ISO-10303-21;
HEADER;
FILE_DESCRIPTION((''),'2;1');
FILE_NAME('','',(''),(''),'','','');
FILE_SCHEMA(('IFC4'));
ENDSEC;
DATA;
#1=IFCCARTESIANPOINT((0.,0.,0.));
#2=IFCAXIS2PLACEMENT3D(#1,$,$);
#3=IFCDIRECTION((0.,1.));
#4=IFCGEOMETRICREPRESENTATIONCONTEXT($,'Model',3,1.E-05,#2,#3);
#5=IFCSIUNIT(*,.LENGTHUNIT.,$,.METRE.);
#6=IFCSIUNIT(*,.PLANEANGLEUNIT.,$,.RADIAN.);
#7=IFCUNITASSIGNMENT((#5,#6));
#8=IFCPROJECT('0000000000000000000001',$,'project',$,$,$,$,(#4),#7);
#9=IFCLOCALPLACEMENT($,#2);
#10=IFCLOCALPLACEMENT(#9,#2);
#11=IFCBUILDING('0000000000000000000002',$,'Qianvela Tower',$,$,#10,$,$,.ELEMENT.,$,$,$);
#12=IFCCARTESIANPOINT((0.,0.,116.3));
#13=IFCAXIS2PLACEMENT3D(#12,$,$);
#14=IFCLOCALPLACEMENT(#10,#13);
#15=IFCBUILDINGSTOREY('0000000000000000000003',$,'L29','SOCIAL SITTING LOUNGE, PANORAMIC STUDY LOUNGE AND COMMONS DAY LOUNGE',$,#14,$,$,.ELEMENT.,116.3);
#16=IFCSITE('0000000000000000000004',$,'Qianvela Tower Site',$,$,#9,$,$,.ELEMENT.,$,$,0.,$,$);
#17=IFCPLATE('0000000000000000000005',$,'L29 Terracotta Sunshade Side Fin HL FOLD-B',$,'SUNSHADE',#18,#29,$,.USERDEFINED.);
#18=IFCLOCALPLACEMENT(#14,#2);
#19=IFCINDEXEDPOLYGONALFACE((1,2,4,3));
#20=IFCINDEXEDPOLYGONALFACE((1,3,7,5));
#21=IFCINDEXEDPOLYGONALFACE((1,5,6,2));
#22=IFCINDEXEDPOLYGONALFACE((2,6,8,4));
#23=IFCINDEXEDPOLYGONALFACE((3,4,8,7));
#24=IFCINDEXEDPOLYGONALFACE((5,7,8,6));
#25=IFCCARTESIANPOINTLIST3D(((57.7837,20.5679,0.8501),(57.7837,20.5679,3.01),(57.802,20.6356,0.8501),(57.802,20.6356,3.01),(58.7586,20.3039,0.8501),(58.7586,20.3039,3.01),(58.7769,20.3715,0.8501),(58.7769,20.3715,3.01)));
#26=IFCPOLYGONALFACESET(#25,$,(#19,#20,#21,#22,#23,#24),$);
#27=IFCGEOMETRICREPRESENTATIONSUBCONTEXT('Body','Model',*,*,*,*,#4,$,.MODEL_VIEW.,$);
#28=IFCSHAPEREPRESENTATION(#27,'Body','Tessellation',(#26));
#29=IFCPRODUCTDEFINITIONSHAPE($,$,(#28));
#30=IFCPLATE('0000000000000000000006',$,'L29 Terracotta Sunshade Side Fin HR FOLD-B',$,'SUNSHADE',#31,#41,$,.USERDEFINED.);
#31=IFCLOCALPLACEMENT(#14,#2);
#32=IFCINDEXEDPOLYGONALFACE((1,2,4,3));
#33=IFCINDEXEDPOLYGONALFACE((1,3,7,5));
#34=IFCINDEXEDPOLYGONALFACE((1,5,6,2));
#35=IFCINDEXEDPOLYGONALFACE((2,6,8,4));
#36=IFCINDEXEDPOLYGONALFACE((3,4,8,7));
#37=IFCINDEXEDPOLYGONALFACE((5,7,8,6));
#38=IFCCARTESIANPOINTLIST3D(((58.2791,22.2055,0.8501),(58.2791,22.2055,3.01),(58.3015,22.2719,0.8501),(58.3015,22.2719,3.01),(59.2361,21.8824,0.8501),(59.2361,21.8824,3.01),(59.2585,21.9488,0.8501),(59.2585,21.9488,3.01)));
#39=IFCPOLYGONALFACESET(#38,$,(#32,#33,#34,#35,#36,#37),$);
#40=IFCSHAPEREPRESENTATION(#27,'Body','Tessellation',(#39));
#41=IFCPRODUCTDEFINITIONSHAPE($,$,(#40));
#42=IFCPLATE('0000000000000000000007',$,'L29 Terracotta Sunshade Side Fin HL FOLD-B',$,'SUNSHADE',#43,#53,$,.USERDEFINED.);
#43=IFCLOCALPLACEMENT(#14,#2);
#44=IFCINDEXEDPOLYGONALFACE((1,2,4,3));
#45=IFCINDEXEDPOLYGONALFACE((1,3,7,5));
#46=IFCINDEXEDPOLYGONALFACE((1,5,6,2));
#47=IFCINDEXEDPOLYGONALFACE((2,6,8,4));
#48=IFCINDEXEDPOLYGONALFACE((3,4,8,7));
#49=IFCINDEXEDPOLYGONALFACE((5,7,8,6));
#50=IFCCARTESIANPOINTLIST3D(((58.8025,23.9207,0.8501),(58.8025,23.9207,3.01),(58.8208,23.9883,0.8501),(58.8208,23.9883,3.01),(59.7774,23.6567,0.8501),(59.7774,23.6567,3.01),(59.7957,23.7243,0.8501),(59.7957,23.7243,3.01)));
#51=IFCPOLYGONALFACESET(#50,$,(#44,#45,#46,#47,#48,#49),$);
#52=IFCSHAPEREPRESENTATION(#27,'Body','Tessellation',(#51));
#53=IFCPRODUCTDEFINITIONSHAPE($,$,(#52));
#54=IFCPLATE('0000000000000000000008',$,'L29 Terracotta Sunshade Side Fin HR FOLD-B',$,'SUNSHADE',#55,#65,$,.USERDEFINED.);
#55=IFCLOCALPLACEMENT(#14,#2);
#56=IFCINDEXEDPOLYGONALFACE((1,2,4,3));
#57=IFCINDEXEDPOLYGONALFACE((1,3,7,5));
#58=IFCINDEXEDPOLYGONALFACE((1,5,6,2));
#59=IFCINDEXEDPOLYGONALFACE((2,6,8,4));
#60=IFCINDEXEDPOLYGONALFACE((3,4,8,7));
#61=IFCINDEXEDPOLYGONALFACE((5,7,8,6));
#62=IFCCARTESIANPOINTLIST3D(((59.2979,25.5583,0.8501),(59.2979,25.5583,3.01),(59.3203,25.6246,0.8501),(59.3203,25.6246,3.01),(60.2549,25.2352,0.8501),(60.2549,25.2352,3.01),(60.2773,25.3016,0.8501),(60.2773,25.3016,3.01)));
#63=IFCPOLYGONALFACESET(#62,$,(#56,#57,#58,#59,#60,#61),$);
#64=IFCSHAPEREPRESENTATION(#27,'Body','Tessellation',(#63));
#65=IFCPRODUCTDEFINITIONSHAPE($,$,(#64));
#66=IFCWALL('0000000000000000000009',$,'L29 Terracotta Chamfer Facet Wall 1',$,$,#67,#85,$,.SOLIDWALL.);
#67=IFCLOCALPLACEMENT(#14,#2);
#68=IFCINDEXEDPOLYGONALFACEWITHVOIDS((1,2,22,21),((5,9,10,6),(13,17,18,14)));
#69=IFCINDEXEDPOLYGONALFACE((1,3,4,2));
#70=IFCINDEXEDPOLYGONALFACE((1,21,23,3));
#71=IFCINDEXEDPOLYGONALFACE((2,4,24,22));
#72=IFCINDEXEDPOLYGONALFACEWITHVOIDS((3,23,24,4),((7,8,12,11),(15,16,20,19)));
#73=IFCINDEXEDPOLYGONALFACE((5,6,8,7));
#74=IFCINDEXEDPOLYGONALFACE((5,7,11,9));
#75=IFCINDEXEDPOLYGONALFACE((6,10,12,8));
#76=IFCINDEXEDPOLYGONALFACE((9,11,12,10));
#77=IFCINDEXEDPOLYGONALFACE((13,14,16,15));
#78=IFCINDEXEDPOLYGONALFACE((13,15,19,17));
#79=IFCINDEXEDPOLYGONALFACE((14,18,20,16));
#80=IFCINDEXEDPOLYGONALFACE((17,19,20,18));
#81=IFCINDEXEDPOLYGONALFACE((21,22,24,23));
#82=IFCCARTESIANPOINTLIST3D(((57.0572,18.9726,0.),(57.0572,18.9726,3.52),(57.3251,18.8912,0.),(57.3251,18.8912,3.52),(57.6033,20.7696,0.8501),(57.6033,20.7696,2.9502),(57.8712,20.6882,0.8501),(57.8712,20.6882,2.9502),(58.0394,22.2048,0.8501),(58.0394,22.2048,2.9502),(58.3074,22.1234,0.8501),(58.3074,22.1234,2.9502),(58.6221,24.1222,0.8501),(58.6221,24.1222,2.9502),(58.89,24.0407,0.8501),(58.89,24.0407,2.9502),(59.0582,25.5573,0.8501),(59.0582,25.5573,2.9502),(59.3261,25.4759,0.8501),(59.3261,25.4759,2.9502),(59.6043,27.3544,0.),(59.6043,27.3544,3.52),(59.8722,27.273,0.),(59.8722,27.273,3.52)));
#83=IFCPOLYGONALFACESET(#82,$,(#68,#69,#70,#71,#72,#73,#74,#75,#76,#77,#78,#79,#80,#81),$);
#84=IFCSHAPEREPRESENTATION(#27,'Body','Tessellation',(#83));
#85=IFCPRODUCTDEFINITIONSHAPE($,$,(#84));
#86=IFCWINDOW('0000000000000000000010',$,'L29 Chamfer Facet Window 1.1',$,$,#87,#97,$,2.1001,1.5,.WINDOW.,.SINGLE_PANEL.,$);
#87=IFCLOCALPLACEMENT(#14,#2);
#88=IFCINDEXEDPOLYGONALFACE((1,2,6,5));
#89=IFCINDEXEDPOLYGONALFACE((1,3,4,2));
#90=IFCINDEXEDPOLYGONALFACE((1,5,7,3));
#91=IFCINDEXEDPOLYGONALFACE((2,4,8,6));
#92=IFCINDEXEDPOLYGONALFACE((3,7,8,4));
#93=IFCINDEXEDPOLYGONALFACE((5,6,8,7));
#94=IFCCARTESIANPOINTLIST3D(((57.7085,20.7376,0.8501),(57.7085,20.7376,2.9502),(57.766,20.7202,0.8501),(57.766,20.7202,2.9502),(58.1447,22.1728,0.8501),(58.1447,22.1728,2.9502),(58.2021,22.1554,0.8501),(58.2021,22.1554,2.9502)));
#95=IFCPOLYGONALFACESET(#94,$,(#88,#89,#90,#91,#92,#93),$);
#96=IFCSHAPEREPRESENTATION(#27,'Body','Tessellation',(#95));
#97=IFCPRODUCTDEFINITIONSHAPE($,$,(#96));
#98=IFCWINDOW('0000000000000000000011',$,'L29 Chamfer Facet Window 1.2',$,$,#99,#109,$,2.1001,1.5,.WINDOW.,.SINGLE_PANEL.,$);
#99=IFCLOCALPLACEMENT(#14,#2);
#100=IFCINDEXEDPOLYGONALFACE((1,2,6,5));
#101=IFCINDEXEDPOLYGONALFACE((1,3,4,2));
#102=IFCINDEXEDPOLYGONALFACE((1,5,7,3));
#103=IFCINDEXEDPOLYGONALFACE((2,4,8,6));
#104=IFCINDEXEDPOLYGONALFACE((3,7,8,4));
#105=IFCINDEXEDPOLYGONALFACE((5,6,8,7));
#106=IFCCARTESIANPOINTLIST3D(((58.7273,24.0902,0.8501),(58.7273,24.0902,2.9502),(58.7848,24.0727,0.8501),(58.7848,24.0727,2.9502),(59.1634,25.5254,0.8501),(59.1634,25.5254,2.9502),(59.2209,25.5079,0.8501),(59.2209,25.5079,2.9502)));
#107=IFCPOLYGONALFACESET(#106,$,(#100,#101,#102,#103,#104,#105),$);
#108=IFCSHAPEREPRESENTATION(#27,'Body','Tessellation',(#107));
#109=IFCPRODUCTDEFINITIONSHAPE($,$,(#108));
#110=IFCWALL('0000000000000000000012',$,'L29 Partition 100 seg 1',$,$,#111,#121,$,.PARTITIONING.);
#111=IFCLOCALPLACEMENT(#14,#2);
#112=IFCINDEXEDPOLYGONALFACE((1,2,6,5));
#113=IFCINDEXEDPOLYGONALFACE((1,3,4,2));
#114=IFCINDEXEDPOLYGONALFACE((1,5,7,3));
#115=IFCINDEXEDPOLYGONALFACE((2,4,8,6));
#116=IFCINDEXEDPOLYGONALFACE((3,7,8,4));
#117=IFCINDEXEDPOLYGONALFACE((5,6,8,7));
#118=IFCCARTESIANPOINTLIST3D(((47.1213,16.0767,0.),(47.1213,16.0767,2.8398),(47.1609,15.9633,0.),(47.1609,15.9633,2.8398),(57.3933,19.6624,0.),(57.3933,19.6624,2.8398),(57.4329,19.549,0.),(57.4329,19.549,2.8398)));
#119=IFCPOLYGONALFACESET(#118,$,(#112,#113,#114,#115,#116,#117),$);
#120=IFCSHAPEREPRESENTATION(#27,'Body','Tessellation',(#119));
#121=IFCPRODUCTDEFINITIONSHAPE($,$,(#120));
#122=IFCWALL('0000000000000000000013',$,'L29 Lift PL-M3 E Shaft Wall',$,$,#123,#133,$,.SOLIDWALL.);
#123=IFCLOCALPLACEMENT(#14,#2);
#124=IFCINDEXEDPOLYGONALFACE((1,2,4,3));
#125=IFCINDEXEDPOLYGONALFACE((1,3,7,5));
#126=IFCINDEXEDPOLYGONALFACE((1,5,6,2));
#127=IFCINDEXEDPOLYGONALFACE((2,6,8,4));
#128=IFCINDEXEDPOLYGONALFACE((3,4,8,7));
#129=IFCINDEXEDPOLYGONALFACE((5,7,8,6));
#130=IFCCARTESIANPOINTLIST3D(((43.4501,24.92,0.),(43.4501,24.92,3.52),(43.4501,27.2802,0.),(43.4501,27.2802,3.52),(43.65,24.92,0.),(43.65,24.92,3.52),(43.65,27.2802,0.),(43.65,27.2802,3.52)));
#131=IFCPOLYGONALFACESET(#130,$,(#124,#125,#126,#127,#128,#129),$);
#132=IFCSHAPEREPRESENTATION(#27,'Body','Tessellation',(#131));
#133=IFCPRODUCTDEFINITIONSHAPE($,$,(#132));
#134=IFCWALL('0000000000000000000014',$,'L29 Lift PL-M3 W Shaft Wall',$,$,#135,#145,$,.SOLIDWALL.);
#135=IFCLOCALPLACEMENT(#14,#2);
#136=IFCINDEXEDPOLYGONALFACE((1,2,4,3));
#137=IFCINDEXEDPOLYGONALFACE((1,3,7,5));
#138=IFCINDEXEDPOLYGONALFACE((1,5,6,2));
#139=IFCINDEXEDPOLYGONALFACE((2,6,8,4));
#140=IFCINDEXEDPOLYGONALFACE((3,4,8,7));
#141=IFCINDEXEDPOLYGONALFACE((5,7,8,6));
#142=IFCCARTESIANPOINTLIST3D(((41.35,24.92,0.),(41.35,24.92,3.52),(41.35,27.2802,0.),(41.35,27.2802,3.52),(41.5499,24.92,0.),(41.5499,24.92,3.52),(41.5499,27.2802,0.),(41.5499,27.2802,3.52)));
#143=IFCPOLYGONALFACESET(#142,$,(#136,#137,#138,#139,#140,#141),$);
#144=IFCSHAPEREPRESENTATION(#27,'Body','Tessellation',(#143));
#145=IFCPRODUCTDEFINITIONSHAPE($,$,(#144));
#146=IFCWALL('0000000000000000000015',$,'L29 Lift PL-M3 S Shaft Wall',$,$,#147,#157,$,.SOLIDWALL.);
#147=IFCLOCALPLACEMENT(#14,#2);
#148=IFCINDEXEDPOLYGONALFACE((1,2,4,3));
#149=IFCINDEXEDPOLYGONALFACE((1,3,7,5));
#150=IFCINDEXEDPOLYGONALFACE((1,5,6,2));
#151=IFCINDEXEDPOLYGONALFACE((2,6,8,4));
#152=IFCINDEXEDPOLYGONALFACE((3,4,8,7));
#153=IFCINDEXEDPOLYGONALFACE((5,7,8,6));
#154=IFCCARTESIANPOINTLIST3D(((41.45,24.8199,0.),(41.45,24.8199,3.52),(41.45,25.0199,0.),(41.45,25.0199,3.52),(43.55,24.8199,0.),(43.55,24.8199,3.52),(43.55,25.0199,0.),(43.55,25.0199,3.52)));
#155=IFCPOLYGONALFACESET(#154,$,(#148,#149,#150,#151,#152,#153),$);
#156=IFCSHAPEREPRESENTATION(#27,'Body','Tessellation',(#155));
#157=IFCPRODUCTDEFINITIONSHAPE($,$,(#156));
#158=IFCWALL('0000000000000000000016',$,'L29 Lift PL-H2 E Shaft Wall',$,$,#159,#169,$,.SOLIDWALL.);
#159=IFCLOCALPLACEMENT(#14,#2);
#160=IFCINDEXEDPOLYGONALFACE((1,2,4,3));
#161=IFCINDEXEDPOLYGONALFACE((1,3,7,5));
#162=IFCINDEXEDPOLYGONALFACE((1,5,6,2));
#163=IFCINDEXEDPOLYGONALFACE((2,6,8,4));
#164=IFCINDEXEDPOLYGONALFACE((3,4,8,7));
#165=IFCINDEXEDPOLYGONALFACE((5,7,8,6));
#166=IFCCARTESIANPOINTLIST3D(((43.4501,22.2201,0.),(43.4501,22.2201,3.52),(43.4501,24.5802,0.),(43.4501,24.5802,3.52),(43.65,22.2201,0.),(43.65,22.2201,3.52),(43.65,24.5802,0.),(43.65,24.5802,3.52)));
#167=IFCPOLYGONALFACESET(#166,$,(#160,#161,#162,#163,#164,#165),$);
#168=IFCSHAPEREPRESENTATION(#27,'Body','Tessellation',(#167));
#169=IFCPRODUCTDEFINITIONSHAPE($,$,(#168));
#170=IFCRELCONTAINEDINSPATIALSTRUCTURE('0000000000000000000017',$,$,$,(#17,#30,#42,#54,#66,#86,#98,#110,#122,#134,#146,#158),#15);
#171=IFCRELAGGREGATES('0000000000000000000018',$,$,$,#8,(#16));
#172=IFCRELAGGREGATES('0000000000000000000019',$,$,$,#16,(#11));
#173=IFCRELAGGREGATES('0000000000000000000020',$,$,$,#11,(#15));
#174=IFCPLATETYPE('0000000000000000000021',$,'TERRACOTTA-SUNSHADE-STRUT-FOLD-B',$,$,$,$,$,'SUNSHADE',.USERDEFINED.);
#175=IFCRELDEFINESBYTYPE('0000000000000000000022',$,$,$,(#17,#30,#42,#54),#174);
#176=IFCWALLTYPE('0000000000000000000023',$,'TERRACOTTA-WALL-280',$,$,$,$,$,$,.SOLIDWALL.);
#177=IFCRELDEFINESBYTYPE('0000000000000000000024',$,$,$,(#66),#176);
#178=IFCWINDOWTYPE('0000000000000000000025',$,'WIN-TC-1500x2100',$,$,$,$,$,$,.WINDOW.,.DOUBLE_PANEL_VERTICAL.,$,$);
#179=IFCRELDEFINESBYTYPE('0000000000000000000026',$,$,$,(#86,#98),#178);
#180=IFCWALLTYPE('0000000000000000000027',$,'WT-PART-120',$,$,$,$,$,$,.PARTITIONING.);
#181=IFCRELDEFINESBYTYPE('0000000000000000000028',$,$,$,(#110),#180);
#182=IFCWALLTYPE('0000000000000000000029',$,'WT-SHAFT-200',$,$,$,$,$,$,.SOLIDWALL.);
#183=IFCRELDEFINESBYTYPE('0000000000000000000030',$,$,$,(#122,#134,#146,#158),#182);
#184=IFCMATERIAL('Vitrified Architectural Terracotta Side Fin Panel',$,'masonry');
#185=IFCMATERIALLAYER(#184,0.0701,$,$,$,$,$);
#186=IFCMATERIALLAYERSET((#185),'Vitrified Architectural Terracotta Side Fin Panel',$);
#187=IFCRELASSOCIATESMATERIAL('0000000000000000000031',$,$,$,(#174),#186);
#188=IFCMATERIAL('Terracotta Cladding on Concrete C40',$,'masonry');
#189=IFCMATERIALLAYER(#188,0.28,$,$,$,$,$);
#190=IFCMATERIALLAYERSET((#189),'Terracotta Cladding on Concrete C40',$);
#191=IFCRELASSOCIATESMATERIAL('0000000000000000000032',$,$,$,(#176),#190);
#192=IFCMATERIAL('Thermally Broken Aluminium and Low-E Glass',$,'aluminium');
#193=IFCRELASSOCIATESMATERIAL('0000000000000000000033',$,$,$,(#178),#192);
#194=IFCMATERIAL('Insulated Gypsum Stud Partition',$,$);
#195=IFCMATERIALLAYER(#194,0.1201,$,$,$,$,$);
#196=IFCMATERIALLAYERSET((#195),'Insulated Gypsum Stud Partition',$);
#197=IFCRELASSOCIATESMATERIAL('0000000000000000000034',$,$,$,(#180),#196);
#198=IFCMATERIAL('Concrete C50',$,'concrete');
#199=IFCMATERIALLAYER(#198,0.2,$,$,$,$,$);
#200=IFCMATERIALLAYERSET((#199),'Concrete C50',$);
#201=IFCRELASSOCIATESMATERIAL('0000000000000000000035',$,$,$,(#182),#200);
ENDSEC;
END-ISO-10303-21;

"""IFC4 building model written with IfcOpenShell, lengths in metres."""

from ifc_helpers import new_model, si_unit, direction, frame, frame_2d, origin, origin_2d, place, context, subcontext, project, spatial, rectangle, extrude, material, layer, layer_set, type_object, element, fill, save


model = new_model("IFC4")

# Units and contexts
model_context = context("Model", 3, precision=1e-05, world=origin(), true_north=direction((0.0, 1.0)))
body_context = subcontext(model_context, "Body", "Model", "MODEL_VIEW")
ifc_project = project(units=[si_unit("LENGTHUNIT", "METRE"), si_unit("PLANEANGLEUNIT", "RADIAN")], contexts=[model_context])

# Site, building, storey
site_placement = place(None, origin())
site = spatial("IfcSite", under=ifc_project, at=site_placement, Name="Qianvela Tower Site", CompositionType="ELEMENT", RefElevation=0.0)
building_placement = place(site_placement, origin())
building = spatial("IfcBuilding", under=site, at=building_placement, Name="Qianvela Tower", CompositionType="ELEMENT")
storey_placement = place(building_placement, frame((0.0, 0.0, 116.3)))
storey = spatial("IfcBuildingStorey", under=building, at=storey_placement, Name="L29", Description="SOCIAL SITTING LOUNGE, PANORAMIC STUDY LOUNGE AND COMMONS DAY LOUNGE", CompositionType="ELEMENT", Elevation=116.3)

# Plates
ifc_material_1 = material(Name="Vitrified Architectural Terracotta Side Fin Panel", Category="masonry")
ifc_layer_1 = layer(ifc_material_1, 0.0701)
ifc_layer_set_1 = layer_set([ifc_layer_1], Name="Vitrified Architectural Terracotta Side Fin Panel")
plate_type_1 = type_object("IfcPlateType", Name="TERRACOTTA-SUNSHADE-STRUT-FOLD-B", ElementType="SUNSHADE", PredefinedType="USERDEFINED", material=ifc_layer_set_1)
for number, where, z_axis, x_axis, name in (
    (1, (58.2803, 20.4697, 0.8501), (0.0, 0.0, 1.0), (0.261404, 0.965229, 0.0), "L29 Terracotta Sunshade Side Fin HL FOLD-B"),
    (2, (58.7688, 22.0771, 0.8501), (0.0, 0.0, 1.0), (0.319842, 0.947471, 0.0), "L29 Terracotta Sunshade Side Fin HR FOLD-B"),
    (3, (59.2991, 23.8225, 0.8501), (0.0, 0.0, 1.0), (0.261404, 0.965229, 0.0), "L29 Terracotta Sunshade Side Fin HL FOLD-B"),
    (4, (59.7876, 25.4299, 0.8501), (0.0, 0.0, 1.0), (0.319842, 0.947471, 0.0), "L29 Terracotta Sunshade Side Fin HR FOLD-B"),
):
    element("IfcPlate", number, at=place(storey_placement, frame(where, z_axis=z_axis, x_axis=x_axis)), inside=storey, type_object=plate_type_1, Name=name, ObjectType="SUNSHADE", PredefinedType="USERDEFINED", context=body_context, shape_type="SweptSolid", body=[
        extrude(rectangle(XDim=0.0701, YDim=1.01, at=origin_2d()), origin(), (0.0, 0.0, 1.0), 2.1599),
    ])

# Wall, openings, windows
ifc_material_2 = material(Name="Terracotta Cladding on Concrete C40", Category="masonry")
ifc_layer_2 = layer(ifc_material_2, 0.28)
ifc_layer_set_2 = layer_set([ifc_layer_2], Name="Terracotta Cladding on Concrete C40")
wall_type_1 = type_object("IfcWallType", Name="TERRACOTTA-WALL-280", PredefinedType="SOLIDWALL", material=ifc_layer_set_2)
wall_1_placement = place(storey_placement, frame((57.1912, 18.9319, 0.0), z_axis=(0.0, 0.0, 1.0), x_axis=(0.290757, 0.956797, 0.0)))
wall_1 = element("IfcWall", 5, at=wall_1_placement, inside=storey, type_object=wall_type_1, Name="L29 Terracotta Chamfer Facet Wall 1", PredefinedType="SOLIDWALL", context=body_context, shape_type="SweptSolid", body=[
    extrude(rectangle(XDim=8.7603, YDim=0.28, at=frame_2d((4.3801, 0.0))), origin(), (0.0, 0.0, 1.0), 3.52),
])
opening_1_placement = place(wall_1_placement, frame((1.8782, 0.0, 0.8501)))
opening_1 = element("IfcOpeningElement", 6, at=opening_1_placement, cuts=wall_1, PredefinedType="OPENING", context=body_context, shape_type="SweptSolid", body=[
    extrude(rectangle(XDim=1.5, YDim=2.1001, at=frame_2d((0.75, 1.05))), frame((0.0, 0.1499, 0.0), z_axis=(0.0, -1.0, 0.0), x_axis=(1.0, 0.0, 0.0)), (0.0, 0.0, 1.0), 0.3),
])
opening_2_placement = place(wall_1_placement, frame((5.3821, 0.0, 0.8501)))
opening_2 = element("IfcOpeningElement", 7, at=opening_2_placement, cuts=wall_1, PredefinedType="OPENING", context=body_context, shape_type="SweptSolid", body=[
    extrude(rectangle(XDim=1.5, YDim=2.1001, at=frame_2d((0.75, 1.05))), frame((0.0, 0.1499, 0.0), z_axis=(0.0, -1.0, 0.0), x_axis=(1.0, 0.0, 0.0)), (0.0, 0.0, 1.0), 0.3),
])
ifc_material_3 = material(Name="Thermally Broken Aluminium and Low-E Glass", Category="aluminium")
window_type = type_object("IfcWindowType", Name="WIN-TC-1500x2100", PartitioningType="DOUBLE_PANEL_VERTICAL", PredefinedType="WINDOW", material=ifc_material_3)
window_1_placement = place(opening_1_placement, origin())
window_1 = element("IfcWindow", 8, at=window_1_placement, inside=storey, type_object=window_type, Name="L29 Chamfer Facet Window 1.1", OverallHeight=2.1001, OverallWidth=1.5, PartitioningType="SINGLE_PANEL", PredefinedType="WINDOW", context=body_context, shape_type="SweptSolid", body=[
    extrude(rectangle(XDim=1.5, YDim=2.1001, at=frame_2d((0.75, 1.05))), frame((0.0, 0.03, 0.0), z_axis=(0.0, -1.0, 0.0), x_axis=(1.0, 0.0, 0.0)), (0.0, 0.0, 1.0), 0.0601),
])
fill(opening_1, window_1)
window_2_placement = place(opening_2_placement, origin())
window_2 = element("IfcWindow", 9, at=window_2_placement, inside=storey, type_object=window_type, Name="L29 Chamfer Facet Window 1.2", OverallHeight=2.1001, OverallWidth=1.5, PartitioningType="SINGLE_PANEL", PredefinedType="WINDOW", context=body_context, shape_type="SweptSolid", body=[
    extrude(rectangle(XDim=1.5, YDim=2.1001, at=frame_2d((0.75, 1.05))), frame((0.0, 0.03, 0.0), z_axis=(0.0, -1.0, 0.0), x_axis=(1.0, 0.0, 0.0)), (0.0, 0.0, 1.0), 0.0601),
])
fill(opening_2, window_2)

# Walls
ifc_material_4 = material(Name="Insulated Gypsum Stud Partition")
ifc_layer_3 = layer(ifc_material_4, 0.1201)
ifc_layer_set_3 = layer_set([ifc_layer_3], Name="Insulated Gypsum Stud Partition")
wall_type_2 = type_object("IfcWallType", Name="WT-PART-120", PredefinedType="PARTITIONING", material=ifc_layer_set_3)
wall_2_placement = place(storey_placement, frame((57.4131, 19.6057, 0.0), z_axis=(0.0, 0.0, 1.0), x_axis=(-0.94413, -0.329573, 0.0)))
element("IfcWall", 10, at=wall_2_placement, inside=storey, type_object=wall_type_2, Name="L29 Partition 100 seg 1", PredefinedType="PARTITIONING", context=body_context, shape_type="SweptSolid", body=[
    extrude(rectangle(XDim=10.8799, YDim=0.1201, at=frame_2d((5.4399, 0.0))), origin(), (0.0, 0.0, 1.0), 2.8398),
])
ifc_material_5 = material(Name="Concrete C50", Category="concrete")
ifc_layer_4 = layer(ifc_material_5, 0.2)
ifc_layer_set_4 = layer_set([ifc_layer_4], Name="Concrete C50")
wall_type_3 = type_object("IfcWallType", Name="WT-SHAFT-200", PredefinedType="SOLIDWALL", material=ifc_layer_set_4)
for number, where, z_axis, x_axis, name in (
    (11, (43.55, 24.9199, 0.0), (0.0, 0.0, 1.0), (0.0, 1.0, 0.0), "L29 Lift PL-M3 E Shaft Wall"),
    (12, (41.45, 24.9199, 0.0), (0.0, 0.0, 1.0), (0.0, 1.0, 0.0), "L29 Lift PL-M3 W Shaft Wall"),
):
    element("IfcWall", number, at=place(storey_placement, frame(where, z_axis=z_axis, x_axis=x_axis)), inside=storey, type_object=wall_type_3, Name=name, PredefinedType="SOLIDWALL", context=body_context, shape_type="SweptSolid", body=[
        extrude(rectangle(XDim=2.3601, YDim=0.2, at=frame_2d((1.1802, 0.0))), origin(), (0.0, 0.0, 1.0), 3.52),
    ])
wall_3_placement = place(storey_placement, frame((41.45, 24.9199, 0.0), z_axis=(0.0, 0.0, 1.0), x_axis=(1.0, 0.0, 0.0)))
element("IfcWall", 13, at=wall_3_placement, inside=storey, type_object=wall_type_3, Name="L29 Lift PL-M3 S Shaft Wall", PredefinedType="SOLIDWALL", context=body_context, shape_type="SweptSolid", body=[
    extrude(rectangle(XDim=2.1001, YDim=0.2, at=frame_2d((1.05, 0.0))), origin(), (0.0, 0.0, 1.0), 3.52),
])
wall_4_placement = place(storey_placement, frame((43.55, 22.22, 0.0), z_axis=(0.0, 0.0, 1.0), x_axis=(0.0, 1.0, 0.0)))
element("IfcWall", 14, at=wall_4_placement, inside=storey, type_object=wall_type_3, Name="L29 Lift PL-H2 E Shaft Wall", PredefinedType="SOLIDWALL", context=body_context, shape_type="SweptSolid", body=[
    extrude(rectangle(XDim=2.3601, YDim=0.2, at=frame_2d((1.1802, 0.0))), origin(), (0.0, 0.0, 1.0), 3.52),
])

save(model, "model.ifc")
